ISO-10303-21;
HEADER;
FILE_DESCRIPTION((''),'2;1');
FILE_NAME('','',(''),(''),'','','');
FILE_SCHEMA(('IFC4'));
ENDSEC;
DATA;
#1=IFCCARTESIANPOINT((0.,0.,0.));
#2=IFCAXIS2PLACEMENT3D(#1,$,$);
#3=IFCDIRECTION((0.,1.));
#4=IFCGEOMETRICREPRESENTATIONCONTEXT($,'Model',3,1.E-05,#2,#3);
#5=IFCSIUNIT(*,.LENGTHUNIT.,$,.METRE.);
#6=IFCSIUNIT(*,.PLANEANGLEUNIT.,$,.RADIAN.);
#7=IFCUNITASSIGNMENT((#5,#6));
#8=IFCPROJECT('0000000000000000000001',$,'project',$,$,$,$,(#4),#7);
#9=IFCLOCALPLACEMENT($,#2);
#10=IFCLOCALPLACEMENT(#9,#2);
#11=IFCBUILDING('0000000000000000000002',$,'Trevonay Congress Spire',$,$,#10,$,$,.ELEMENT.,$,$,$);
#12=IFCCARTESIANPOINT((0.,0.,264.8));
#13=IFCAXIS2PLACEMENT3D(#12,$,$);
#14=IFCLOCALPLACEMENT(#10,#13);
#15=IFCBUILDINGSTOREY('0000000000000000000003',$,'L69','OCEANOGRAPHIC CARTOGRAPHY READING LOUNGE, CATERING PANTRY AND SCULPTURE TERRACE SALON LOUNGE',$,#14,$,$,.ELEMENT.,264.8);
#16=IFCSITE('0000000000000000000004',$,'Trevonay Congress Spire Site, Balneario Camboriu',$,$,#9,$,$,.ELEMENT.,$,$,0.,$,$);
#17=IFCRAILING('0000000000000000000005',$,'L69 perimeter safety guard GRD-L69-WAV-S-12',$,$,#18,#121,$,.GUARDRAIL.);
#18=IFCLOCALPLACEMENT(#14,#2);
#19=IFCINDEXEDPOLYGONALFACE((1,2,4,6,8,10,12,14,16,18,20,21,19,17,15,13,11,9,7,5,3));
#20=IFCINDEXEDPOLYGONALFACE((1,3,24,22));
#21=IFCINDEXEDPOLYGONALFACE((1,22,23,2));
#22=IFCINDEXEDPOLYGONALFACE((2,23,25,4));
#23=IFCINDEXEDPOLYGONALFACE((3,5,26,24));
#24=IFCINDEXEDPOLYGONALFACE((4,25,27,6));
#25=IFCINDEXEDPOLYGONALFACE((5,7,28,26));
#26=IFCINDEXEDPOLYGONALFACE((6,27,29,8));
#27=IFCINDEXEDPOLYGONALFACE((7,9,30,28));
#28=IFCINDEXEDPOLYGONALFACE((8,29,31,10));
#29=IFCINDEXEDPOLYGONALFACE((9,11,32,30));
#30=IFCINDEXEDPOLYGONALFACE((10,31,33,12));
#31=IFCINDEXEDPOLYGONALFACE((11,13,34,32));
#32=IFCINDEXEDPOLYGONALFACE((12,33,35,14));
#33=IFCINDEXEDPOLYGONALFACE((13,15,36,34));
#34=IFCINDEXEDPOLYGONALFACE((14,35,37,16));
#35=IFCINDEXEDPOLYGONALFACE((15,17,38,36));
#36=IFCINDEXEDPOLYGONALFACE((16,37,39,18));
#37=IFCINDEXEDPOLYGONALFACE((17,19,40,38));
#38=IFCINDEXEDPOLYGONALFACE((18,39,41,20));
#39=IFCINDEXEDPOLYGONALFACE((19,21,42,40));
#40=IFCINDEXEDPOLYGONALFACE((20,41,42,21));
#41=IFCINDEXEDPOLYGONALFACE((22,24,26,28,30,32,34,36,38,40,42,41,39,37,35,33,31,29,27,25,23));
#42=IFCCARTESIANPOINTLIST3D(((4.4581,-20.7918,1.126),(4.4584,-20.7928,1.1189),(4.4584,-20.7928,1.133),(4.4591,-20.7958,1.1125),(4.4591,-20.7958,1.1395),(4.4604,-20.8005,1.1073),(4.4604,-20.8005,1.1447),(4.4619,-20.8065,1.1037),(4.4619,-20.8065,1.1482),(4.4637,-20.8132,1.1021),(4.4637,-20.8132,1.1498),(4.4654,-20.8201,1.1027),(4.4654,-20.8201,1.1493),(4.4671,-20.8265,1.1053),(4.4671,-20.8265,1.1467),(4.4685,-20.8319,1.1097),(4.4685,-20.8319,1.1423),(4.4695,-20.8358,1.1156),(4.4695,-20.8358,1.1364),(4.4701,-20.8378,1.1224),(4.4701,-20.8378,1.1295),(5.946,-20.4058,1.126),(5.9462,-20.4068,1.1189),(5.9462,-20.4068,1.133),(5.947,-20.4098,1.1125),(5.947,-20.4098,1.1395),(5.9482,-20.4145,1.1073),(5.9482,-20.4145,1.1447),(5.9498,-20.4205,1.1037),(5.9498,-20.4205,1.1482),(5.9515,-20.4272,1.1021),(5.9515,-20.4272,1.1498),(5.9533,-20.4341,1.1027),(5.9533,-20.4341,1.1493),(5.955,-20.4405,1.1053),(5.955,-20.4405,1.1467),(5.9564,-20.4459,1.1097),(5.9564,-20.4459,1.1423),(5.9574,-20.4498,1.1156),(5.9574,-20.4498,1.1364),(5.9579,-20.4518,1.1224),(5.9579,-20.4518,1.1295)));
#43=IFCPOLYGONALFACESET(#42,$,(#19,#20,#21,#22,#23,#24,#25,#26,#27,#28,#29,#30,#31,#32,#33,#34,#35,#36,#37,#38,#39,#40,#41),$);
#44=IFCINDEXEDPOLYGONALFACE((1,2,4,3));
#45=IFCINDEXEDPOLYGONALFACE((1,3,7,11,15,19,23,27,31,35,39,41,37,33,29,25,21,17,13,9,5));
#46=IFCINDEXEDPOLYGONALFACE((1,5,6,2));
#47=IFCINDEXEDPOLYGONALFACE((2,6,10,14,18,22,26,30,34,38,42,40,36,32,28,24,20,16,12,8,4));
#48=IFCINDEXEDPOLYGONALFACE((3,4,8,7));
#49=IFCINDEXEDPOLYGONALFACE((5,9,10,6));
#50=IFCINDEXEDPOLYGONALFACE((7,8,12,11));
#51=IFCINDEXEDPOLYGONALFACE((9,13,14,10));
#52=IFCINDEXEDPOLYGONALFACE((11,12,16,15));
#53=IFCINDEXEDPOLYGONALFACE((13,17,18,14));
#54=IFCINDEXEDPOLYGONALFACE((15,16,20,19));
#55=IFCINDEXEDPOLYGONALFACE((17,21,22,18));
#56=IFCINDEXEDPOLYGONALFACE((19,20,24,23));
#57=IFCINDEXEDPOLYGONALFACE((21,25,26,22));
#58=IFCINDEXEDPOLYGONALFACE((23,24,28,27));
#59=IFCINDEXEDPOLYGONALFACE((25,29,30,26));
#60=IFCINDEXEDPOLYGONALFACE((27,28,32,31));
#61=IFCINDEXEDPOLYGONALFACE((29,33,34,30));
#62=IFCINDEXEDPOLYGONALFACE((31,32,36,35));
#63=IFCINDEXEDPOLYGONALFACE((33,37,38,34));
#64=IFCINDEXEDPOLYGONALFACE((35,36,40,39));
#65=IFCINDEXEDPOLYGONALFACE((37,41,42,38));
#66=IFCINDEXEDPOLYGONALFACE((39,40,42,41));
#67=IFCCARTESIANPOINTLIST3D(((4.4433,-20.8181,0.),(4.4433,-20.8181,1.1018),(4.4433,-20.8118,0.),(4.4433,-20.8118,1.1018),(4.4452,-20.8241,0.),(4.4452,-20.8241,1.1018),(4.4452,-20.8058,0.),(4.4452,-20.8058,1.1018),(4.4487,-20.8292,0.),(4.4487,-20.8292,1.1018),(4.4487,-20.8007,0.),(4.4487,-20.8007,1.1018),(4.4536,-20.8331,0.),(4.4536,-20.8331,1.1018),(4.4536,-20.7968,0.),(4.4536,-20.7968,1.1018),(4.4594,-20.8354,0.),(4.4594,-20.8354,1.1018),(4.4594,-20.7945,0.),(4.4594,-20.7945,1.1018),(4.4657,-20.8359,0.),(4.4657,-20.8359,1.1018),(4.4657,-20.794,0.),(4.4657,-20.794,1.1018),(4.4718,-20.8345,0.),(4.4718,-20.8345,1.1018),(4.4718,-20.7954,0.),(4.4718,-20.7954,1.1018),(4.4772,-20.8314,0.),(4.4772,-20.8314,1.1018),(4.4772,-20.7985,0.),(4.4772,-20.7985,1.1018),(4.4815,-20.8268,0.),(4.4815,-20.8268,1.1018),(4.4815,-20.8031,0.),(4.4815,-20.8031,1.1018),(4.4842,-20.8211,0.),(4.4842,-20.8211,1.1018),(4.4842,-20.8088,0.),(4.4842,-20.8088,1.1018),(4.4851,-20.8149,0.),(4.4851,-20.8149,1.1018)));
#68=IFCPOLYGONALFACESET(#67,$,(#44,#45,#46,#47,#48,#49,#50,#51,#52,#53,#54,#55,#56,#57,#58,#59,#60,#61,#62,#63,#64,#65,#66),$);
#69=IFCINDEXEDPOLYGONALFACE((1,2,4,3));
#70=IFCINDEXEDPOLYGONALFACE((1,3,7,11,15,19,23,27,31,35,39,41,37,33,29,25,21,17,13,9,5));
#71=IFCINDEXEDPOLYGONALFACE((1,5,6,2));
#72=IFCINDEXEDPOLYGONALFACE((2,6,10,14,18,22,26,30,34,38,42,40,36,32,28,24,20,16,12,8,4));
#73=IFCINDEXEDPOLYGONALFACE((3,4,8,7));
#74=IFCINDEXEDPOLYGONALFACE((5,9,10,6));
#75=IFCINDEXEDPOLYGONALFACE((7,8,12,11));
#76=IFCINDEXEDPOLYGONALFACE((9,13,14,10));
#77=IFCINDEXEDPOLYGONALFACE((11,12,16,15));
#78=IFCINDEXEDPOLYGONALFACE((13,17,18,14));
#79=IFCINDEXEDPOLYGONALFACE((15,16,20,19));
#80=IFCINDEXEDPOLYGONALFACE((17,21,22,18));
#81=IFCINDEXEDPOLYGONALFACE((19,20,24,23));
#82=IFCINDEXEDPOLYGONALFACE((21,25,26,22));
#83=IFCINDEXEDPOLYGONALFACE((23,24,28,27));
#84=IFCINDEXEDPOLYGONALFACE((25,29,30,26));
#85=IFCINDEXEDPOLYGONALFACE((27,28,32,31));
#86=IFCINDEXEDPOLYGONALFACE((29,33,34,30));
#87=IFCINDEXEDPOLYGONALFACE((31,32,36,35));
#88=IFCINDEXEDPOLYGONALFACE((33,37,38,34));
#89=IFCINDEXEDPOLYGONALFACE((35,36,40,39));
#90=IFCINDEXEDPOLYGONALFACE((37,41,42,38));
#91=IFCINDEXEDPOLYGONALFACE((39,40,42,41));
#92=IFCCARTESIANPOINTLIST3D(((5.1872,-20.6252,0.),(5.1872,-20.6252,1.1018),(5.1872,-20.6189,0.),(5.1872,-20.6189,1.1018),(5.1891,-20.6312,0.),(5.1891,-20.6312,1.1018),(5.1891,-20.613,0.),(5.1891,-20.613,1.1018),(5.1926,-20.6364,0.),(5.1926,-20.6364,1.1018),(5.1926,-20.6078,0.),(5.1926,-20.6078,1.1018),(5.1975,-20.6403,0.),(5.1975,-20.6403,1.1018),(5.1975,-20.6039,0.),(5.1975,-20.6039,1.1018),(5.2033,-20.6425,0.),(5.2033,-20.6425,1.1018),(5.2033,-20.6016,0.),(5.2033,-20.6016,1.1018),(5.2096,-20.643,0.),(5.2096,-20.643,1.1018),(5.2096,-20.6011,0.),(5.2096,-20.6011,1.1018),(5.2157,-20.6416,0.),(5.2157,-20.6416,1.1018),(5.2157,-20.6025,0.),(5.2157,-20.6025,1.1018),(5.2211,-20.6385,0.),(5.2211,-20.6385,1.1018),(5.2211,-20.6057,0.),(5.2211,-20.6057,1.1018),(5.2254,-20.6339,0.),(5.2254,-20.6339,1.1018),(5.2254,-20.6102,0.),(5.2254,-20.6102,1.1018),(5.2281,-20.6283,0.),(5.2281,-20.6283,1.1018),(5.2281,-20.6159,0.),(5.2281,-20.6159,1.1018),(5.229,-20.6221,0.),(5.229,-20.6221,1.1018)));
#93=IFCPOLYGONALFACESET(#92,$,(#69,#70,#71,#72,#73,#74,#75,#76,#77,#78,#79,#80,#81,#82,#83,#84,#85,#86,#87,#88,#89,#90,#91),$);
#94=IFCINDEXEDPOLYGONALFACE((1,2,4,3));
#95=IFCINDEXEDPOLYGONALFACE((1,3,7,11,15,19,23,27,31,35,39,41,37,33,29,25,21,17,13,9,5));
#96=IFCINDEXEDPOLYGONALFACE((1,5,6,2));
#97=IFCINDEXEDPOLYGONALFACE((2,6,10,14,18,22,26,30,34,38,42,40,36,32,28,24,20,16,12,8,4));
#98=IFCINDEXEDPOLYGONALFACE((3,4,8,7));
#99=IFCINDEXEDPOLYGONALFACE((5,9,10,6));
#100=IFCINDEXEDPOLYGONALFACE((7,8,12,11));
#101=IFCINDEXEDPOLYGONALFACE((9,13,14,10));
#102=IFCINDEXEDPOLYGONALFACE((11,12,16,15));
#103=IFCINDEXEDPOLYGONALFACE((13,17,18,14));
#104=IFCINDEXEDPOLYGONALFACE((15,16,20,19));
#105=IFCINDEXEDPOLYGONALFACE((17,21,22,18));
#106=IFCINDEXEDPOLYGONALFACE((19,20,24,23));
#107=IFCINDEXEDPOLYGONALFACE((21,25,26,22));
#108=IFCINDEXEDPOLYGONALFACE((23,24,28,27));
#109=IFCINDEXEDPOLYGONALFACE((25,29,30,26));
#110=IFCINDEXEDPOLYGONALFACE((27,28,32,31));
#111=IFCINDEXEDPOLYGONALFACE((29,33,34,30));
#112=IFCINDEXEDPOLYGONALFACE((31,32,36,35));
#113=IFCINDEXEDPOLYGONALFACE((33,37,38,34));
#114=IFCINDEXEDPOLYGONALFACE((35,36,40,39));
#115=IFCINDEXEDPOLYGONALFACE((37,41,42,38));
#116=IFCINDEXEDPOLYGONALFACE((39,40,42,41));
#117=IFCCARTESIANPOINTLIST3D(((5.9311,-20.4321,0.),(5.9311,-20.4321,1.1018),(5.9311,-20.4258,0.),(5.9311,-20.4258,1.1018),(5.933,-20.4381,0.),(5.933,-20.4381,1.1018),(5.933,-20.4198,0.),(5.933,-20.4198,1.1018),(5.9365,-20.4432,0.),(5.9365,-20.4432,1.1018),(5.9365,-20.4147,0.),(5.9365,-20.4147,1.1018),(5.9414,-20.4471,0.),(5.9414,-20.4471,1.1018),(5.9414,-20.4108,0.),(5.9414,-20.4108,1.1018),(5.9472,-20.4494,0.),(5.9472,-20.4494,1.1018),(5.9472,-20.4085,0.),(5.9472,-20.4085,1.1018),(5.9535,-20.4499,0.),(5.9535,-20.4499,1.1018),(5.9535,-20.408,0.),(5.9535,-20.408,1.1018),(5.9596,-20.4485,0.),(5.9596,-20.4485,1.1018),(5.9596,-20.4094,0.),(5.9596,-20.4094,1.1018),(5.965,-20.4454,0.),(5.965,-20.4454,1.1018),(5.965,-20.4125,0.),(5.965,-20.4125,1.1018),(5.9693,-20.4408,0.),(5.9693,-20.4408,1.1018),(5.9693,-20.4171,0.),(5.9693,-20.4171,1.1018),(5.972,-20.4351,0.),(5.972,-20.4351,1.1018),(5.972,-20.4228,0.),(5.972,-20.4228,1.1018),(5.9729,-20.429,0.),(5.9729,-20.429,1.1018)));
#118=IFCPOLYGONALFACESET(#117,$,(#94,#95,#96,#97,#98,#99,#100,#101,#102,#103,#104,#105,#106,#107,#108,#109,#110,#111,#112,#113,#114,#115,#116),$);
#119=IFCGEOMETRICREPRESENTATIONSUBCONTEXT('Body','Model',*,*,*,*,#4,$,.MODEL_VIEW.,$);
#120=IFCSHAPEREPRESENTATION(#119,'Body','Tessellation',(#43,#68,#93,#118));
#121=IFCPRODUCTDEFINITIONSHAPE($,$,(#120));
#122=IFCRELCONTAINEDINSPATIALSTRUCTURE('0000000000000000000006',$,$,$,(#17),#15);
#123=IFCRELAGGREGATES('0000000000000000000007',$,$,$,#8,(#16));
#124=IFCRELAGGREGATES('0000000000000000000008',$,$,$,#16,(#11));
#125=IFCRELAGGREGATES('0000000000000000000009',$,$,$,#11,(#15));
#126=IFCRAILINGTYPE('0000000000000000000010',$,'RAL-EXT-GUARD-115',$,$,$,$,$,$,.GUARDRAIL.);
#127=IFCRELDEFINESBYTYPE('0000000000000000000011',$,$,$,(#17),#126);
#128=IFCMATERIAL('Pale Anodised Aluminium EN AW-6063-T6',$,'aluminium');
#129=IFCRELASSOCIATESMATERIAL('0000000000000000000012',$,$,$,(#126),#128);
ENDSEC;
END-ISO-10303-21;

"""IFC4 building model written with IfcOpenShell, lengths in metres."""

from ifc_helpers import new_model, si_unit, direction, frame, origin, origin_2d, place, context, subcontext, project, spatial, circle, extrude, material, type_object, element, save


model = new_model("IFC4")

# Units and contexts
model_context = context("Model", 3, precision=1e-05, world=origin(), true_north=direction((0.0, 1.0)))
body_context = subcontext(model_context, "Body", "Model", "MODEL_VIEW")
ifc_project = project(units=[si_unit("LENGTHUNIT", "METRE"), si_unit("PLANEANGLEUNIT", "RADIAN")], contexts=[model_context])

# Site, building, storey
site_placement = place(None, origin())
site = spatial("IfcSite", under=ifc_project, at=site_placement, Name="Trevonay Congress Spire Site, Balneario Camboriu", CompositionType="ELEMENT", RefElevation=0.0)
building_placement = place(site_placement, origin())
building = spatial("IfcBuilding", under=site, at=building_placement, Name="Trevonay Congress Spire", CompositionType="ELEMENT")
storey_placement = place(building_placement, frame((0.0, 0.0, 264.8)))
storey = spatial("IfcBuildingStorey", under=building, at=storey_placement, Name="L69", Description="OCEANOGRAPHIC CARTOGRAPHY READING LOUNGE, CATERING PANTRY AND SCULPTURE TERRACE SALON LOUNGE", CompositionType="ELEMENT", Elevation=264.8)

# Shared definitions
ifc_material_1 = material(Name="Pale Anodised Aluminium EN AW-6063-T6", Category="aluminium")

# Railing
railing_type = type_object("IfcRailingType", Name="RAL-EXT-GUARD-115", PredefinedType="GUARDRAIL", material=ifc_material_1)
railing_1_placement = place(storey_placement, frame((4.4641, -20.8149, 0.0)))
element("IfcRailing", 1, at=railing_1_placement, inside=storey, type_object=railing_type, Name="L69 perimeter safety guard GRD-L69-WAV-S-12", PredefinedType="GUARDRAIL", context=body_context, shape_type="SweptSolid", body=[
    extrude(circle(Radius=0.0239, at=origin_2d()), frame((0.0, 0.0, 1.126), z_axis=(0.967955, 0.251122, 0.0), x_axis=(-0.251122, 0.967955, 0.0)), (0.0, 0.0, 1.0), 1.5371),
    extrude(circle(Radius=0.021, at=origin_2d()), origin(), (0.0, 0.0, 1.0), 1.1018),
    extrude(circle(Radius=0.021, at=origin_2d()), frame((0.7439, 0.1929, 0.0)), (0.0, 0.0, 1.0), 1.1018),
    extrude(circle(Radius=0.021, at=origin_2d()), frame((1.4878, 0.386, 0.0)), (0.0, 0.0, 1.0), 1.1018),
])

save(model, "model.ifc")
